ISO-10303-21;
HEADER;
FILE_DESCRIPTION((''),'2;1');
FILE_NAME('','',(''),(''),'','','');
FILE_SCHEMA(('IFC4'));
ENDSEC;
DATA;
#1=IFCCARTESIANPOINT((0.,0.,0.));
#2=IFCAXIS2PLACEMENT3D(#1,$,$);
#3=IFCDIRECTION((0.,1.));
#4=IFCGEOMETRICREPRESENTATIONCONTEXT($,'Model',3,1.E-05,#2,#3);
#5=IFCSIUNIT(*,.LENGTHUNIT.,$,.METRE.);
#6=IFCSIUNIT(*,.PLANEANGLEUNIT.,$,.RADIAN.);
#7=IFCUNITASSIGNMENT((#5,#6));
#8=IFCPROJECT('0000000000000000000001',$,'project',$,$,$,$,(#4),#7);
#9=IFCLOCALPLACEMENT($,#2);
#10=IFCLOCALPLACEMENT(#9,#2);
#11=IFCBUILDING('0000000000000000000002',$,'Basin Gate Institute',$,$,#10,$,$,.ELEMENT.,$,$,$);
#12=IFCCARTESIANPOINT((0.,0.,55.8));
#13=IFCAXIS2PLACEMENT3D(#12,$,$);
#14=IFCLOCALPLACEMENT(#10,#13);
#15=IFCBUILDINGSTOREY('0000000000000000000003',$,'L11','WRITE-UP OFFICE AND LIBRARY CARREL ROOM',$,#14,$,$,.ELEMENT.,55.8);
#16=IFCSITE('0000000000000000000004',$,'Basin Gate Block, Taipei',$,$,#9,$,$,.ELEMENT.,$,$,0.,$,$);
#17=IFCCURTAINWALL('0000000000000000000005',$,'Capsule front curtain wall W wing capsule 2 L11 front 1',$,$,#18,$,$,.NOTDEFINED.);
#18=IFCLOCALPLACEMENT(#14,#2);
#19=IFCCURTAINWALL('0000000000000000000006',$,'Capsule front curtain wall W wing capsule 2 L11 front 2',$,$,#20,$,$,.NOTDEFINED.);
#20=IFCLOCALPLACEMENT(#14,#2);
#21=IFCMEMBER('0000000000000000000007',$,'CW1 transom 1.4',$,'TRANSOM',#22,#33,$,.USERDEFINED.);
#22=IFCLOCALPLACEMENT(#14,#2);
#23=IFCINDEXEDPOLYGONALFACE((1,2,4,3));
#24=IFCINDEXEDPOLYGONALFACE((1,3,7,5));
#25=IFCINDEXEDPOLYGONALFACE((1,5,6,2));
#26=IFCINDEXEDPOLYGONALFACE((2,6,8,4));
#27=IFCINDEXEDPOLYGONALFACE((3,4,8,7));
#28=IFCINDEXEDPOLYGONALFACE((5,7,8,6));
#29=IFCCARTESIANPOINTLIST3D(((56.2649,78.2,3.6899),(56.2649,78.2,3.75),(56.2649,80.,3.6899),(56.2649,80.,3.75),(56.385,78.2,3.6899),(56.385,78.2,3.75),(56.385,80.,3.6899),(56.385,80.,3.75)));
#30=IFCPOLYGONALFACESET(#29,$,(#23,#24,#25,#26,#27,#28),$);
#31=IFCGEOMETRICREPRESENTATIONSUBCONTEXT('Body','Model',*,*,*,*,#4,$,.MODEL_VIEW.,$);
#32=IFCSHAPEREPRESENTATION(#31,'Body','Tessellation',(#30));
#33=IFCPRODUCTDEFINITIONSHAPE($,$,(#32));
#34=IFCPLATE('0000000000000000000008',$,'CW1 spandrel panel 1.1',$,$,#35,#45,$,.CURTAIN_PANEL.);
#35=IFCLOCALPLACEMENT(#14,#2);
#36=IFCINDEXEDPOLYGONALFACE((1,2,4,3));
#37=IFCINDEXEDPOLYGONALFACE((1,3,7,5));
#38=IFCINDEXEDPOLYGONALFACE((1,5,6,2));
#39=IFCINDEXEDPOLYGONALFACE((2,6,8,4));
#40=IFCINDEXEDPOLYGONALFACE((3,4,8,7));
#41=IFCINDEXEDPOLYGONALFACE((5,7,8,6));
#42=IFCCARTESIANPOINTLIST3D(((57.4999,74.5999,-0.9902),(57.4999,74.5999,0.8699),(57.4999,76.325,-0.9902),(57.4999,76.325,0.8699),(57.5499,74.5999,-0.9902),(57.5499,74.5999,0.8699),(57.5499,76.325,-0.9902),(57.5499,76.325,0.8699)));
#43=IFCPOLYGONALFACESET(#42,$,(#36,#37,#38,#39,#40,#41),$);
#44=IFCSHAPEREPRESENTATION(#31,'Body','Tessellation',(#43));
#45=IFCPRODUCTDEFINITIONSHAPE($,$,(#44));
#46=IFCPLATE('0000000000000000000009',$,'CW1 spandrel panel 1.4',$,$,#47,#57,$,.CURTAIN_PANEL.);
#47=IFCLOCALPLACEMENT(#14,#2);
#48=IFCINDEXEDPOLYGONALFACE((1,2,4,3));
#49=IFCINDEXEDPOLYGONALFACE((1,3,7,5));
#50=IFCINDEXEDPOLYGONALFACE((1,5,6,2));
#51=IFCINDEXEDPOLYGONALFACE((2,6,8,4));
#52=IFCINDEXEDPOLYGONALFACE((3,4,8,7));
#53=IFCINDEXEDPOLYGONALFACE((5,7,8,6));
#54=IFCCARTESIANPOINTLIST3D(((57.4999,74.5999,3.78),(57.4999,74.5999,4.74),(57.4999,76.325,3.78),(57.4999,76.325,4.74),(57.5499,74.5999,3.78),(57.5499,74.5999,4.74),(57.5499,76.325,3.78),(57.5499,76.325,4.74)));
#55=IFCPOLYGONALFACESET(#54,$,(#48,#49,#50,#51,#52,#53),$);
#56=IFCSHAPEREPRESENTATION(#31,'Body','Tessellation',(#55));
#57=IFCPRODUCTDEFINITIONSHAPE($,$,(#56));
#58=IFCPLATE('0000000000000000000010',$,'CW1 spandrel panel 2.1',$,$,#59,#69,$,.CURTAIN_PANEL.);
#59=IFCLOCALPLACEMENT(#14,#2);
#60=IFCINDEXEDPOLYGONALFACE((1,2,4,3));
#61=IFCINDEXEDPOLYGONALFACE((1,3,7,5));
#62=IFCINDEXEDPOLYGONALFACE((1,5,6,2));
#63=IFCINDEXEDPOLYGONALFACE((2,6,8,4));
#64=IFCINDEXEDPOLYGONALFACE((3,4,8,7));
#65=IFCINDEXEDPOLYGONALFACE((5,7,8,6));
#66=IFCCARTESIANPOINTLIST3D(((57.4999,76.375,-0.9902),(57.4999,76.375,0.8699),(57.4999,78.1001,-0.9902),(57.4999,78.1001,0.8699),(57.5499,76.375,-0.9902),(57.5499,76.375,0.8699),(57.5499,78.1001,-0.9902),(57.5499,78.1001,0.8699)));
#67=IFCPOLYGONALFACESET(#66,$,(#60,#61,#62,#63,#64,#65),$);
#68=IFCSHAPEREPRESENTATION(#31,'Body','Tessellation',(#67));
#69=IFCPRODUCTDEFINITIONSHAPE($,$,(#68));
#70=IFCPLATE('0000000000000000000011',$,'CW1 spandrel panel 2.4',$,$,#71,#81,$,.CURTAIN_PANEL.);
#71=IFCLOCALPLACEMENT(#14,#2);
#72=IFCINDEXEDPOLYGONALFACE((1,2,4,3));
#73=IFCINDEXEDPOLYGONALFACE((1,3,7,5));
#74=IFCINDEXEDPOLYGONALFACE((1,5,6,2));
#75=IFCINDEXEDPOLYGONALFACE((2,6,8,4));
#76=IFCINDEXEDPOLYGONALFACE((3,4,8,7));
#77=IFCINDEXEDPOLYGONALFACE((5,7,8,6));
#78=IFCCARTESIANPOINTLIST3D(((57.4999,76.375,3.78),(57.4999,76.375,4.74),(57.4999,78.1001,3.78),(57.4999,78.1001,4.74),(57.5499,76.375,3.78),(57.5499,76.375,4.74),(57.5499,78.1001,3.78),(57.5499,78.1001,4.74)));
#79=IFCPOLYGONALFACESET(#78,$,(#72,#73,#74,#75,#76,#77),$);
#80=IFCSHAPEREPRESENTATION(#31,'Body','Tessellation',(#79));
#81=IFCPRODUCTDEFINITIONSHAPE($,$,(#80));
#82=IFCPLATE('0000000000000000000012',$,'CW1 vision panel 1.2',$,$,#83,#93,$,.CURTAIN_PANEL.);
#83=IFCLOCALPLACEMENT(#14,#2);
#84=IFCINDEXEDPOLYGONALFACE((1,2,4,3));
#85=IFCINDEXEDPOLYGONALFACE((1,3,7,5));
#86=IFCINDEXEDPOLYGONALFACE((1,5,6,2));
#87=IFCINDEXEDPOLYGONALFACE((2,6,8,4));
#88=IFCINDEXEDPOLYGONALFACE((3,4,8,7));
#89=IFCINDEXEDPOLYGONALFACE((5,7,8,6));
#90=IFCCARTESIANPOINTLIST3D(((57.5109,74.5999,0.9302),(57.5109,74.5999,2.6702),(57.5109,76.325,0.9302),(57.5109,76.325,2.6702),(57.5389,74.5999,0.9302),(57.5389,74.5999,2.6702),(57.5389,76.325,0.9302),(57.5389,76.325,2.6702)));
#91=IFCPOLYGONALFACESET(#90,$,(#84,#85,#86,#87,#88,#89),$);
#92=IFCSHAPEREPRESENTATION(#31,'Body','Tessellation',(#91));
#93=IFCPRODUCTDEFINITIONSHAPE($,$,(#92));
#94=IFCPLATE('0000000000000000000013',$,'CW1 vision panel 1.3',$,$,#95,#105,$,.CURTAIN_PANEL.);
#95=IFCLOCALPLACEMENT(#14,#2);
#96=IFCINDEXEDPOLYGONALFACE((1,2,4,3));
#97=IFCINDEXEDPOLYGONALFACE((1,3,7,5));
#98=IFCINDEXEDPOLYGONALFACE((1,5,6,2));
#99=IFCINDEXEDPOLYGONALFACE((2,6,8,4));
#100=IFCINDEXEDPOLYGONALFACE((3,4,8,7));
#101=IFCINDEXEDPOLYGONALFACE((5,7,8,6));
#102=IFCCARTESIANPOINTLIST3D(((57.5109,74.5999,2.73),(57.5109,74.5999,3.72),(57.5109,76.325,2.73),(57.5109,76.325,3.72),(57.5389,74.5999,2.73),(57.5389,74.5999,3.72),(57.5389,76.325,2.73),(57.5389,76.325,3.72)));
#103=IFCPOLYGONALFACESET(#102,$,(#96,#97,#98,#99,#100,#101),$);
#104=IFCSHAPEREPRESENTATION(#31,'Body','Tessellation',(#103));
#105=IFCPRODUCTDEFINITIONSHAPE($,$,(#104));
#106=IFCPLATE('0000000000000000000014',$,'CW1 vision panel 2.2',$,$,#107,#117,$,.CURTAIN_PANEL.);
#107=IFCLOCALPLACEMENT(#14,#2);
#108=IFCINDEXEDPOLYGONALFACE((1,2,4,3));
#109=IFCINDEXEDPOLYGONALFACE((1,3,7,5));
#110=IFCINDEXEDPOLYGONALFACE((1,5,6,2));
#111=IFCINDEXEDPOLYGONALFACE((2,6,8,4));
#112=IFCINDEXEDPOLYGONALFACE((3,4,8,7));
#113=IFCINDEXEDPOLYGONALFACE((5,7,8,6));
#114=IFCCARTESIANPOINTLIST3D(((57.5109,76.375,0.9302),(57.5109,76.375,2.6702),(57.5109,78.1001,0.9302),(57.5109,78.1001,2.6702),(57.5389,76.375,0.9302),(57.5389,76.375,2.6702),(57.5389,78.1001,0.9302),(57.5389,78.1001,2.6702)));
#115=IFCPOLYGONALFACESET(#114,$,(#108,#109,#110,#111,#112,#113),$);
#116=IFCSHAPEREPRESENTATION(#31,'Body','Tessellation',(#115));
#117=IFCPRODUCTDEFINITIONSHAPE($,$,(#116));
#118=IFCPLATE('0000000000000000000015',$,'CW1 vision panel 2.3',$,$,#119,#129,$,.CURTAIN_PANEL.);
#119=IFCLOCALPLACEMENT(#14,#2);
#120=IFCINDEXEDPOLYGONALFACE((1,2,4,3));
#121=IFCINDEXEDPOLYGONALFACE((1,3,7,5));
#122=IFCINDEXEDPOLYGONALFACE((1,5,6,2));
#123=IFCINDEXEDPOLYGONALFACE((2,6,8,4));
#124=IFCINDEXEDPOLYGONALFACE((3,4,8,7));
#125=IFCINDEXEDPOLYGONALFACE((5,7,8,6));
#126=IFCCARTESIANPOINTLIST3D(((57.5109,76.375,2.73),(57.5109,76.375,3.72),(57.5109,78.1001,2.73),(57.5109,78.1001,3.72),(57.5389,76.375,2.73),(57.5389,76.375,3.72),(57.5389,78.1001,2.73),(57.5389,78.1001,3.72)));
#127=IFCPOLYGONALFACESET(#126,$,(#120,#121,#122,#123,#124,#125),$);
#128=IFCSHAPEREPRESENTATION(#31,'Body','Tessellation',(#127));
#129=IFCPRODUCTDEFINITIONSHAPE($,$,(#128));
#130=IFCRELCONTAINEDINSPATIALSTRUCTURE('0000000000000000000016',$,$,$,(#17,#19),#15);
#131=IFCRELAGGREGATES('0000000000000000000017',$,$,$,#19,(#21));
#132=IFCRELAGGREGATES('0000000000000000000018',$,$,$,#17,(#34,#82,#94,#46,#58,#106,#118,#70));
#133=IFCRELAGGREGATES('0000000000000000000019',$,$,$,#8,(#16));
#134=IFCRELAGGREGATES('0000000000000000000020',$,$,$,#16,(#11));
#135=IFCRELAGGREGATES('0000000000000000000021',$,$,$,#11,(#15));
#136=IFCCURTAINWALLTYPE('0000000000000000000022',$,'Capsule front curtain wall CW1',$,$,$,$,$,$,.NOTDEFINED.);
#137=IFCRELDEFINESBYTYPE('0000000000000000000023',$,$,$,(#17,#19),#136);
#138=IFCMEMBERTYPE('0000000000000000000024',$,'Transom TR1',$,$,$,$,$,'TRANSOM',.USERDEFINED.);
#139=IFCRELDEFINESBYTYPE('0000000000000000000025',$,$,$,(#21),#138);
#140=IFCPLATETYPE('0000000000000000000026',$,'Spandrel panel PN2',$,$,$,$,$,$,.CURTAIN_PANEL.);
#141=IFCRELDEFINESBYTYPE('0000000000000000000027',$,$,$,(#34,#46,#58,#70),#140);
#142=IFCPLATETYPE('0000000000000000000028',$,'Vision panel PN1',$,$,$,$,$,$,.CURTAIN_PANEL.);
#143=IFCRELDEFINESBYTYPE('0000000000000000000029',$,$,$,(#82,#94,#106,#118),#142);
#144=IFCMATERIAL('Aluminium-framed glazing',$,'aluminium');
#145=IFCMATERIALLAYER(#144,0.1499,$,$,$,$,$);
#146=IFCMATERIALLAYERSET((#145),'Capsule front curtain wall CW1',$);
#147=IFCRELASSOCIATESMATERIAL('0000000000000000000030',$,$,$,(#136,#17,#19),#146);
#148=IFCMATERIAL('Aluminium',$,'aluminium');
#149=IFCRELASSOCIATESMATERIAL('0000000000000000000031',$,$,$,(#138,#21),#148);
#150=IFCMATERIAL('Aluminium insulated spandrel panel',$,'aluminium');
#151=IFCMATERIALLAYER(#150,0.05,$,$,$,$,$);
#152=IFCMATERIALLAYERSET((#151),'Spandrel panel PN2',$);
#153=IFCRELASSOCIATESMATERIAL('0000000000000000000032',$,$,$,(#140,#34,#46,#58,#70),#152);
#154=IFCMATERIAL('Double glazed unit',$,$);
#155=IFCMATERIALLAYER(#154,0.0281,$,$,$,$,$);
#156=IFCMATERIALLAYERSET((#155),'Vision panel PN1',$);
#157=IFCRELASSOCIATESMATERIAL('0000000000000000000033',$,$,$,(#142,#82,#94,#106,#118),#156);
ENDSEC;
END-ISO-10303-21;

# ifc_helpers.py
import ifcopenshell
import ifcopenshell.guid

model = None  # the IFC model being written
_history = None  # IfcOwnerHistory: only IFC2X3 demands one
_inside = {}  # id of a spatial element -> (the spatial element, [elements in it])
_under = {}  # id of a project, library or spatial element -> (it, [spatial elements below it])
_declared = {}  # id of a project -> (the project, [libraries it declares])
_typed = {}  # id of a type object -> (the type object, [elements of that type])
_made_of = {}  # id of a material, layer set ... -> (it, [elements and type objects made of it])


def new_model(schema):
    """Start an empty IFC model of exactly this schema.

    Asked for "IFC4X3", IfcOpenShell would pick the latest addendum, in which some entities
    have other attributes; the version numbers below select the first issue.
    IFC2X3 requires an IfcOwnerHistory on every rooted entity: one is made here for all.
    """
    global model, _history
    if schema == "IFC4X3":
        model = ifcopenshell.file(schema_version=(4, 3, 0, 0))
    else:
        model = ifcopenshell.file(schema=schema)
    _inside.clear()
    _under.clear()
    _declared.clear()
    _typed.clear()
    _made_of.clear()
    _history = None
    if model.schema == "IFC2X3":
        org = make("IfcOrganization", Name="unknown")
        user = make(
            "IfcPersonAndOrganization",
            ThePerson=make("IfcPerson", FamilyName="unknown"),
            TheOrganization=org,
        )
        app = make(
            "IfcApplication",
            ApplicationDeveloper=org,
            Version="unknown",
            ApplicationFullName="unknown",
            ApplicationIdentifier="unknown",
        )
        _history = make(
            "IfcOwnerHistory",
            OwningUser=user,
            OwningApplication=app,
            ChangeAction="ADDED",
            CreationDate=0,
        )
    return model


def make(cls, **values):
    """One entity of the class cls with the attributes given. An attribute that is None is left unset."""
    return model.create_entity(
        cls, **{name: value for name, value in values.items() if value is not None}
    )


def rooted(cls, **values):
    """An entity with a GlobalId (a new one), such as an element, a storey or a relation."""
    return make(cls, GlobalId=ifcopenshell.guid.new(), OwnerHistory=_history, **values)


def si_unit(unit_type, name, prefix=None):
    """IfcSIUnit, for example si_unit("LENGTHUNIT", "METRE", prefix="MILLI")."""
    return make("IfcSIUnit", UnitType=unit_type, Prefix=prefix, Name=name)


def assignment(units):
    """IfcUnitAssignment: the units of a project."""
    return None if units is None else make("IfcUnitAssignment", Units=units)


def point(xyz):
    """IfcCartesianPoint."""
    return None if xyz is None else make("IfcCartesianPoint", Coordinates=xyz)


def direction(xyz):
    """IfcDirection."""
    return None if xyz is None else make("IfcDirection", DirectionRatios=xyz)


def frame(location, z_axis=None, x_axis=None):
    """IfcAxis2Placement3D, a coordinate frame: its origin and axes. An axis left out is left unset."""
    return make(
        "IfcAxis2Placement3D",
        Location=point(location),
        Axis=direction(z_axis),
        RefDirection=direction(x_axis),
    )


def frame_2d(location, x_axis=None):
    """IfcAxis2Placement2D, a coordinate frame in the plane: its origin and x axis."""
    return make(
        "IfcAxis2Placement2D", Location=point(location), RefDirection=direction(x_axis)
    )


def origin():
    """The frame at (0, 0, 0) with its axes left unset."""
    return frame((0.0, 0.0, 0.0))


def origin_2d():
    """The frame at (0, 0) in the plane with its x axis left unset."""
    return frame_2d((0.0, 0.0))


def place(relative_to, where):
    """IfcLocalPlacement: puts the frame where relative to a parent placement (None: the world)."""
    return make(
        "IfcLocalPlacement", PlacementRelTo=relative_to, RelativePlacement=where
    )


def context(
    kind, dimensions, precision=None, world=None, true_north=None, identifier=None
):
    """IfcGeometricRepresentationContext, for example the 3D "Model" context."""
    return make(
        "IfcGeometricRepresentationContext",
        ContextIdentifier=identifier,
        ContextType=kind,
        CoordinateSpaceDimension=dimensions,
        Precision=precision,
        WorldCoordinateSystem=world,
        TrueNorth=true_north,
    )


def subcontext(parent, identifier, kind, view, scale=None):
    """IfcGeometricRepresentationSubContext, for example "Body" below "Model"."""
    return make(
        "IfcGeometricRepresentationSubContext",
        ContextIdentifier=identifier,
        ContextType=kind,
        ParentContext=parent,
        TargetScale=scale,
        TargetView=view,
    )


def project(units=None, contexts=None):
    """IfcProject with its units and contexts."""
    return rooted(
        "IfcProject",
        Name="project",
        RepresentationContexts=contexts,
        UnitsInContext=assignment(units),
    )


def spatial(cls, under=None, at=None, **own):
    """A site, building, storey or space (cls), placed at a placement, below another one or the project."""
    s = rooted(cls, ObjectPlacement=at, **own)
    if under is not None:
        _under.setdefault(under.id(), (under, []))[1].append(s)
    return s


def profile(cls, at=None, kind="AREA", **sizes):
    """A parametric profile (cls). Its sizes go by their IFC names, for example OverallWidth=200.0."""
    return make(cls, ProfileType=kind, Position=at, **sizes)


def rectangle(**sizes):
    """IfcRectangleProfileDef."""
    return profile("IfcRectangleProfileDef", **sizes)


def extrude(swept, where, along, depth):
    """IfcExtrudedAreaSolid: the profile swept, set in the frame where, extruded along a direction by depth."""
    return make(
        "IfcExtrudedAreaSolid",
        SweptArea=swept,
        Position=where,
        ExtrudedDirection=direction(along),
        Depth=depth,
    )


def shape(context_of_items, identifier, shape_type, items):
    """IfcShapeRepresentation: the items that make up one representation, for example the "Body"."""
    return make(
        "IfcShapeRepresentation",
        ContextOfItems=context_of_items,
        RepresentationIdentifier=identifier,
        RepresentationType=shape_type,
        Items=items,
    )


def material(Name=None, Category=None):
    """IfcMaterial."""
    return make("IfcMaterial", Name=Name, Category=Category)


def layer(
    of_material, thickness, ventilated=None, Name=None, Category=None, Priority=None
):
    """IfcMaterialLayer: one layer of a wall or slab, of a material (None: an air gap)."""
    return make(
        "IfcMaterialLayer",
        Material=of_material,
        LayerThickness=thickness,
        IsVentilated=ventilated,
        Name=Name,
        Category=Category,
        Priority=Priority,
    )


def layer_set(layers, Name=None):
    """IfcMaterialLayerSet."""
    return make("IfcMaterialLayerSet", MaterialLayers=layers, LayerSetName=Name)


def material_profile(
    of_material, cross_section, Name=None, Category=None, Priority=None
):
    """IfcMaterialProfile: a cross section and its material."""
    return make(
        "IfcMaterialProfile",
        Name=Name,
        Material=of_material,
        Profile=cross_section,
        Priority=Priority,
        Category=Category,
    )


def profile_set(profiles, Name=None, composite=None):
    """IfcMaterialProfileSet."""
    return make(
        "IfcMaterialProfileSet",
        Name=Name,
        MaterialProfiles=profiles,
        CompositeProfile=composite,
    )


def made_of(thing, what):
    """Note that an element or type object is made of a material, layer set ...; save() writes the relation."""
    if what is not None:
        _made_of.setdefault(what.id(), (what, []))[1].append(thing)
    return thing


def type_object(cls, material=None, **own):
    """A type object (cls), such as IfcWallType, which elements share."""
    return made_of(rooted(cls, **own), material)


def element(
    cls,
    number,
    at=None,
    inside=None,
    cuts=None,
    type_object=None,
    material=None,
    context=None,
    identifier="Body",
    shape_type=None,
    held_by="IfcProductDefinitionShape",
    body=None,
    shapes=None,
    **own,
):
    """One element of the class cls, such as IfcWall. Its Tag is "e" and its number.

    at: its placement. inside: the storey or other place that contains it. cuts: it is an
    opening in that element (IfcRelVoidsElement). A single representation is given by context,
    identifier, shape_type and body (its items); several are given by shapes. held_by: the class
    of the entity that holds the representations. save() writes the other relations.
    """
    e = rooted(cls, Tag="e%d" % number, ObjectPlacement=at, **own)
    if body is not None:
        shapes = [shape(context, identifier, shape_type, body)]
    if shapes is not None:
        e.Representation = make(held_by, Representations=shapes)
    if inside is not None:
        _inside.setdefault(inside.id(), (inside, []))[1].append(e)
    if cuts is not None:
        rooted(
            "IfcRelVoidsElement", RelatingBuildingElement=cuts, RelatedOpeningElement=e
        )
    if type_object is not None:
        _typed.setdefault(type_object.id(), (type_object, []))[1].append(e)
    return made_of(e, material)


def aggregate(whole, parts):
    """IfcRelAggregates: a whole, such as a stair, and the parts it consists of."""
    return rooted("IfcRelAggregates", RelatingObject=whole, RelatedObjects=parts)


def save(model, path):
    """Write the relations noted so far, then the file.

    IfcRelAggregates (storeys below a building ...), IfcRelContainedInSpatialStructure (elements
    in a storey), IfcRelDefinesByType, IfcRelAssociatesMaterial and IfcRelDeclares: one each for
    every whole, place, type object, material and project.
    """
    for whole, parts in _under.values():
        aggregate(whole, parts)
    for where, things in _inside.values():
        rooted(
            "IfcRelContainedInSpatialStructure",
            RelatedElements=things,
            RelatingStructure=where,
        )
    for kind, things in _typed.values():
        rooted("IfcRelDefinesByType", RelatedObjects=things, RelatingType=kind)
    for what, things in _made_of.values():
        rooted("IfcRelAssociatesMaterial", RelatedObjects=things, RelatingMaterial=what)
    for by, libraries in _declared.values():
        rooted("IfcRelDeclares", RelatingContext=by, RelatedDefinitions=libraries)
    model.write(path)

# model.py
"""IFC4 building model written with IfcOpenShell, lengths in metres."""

from ifc_helpers import new_model, si_unit, direction, frame, origin, origin_2d, place, context, subcontext, project, spatial, rectangle, extrude, material, layer, layer_set, material_profile, profile_set, type_object, element, aggregate, save


model = new_model("IFC4")

# Units and contexts
model_context = context("Model", 3, precision=1e-05, world=origin(), true_north=direction((0.0, 1.0)))
body_context = subcontext(model_context, "Body", "Model", "MODEL_VIEW")
ifc_project = project(units=[si_unit("LENGTHUNIT", "METRE"), si_unit("PLANEANGLEUNIT", "RADIAN")], contexts=[model_context])

# Site, building, storey
site_placement = place(None, origin())
site = spatial("IfcSite", under=ifc_project, at=site_placement, Name="Basin Gate Block, Taipei", CompositionType="ELEMENT", RefElevation=0.0)
building_placement = place(site_placement, origin())
building = spatial("IfcBuilding", under=site, at=building_placement, Name="Basin Gate Institute", CompositionType="ELEMENT")
storey_placement = place(building_placement, frame((0.0, 0.0, 55.8)))
storey = spatial("IfcBuildingStorey", under=building, at=storey_placement, Name="L11", Description="WRITE-UP OFFICE AND LIBRARY CARREL ROOM", CompositionType="ELEMENT", Elevation=55.8)

# Shared definitions
ifc_material_1 = material(Name="Aluminium-framed glazing", Category="aluminium")
ifc_layer_1 = layer(ifc_material_1, 0.1499)
ifc_layer_set_1 = layer_set([ifc_layer_1], Name="Capsule front curtain wall CW1")
curtain_wall_type = type_object("IfcCurtainWallType", Name="Capsule front curtain wall CW1", PredefinedType="NOTDEFINED", material=ifc_layer_set_1)

# Curtain wall
curtain_wall_1_placement = place(storey_placement, origin())
curtain_wall_1 = element("IfcCurtainWall", 1, at=curtain_wall_1_placement, inside=storey, type_object=curtain_wall_type, material=ifc_layer_set_1, Name="Capsule front curtain wall W wing capsule 2 L11 front 1", PredefinedType="NOTDEFINED")

# Curtain wall
curtain_wall_2_placement = place(storey_placement, origin())
curtain_wall_2 = element("IfcCurtainWall", 2, at=curtain_wall_2_placement, inside=storey, type_object=curtain_wall_type, material=ifc_layer_set_1, Name="Capsule front curtain wall W wing capsule 2 L11 front 2", PredefinedType="NOTDEFINED")

# Member
ifc_material_2 = material(Name="Aluminium", Category="aluminium")
ifc_material_profile_1 = material_profile(ifc_material_2, rectangle(XDim=0.1201, YDim=0.0601, at=origin_2d()), Name="Transom TR1 120 x 60")
ifc_profile_set_1 = profile_set([ifc_material_profile_1], Name="Aluminium")
member_type_1 = type_object("IfcMemberType", Name="Transom TR1", ElementType="TRANSOM", PredefinedType="USERDEFINED", material=ifc_profile_set_1)
member_1_placement = place(storey_placement, frame((56.325, 78.2, 3.72), z_axis=(0.0, 1.0, 0.0), x_axis=(-1.0, 0.0, 0.0)))
member_1 = element("IfcMember", 3, at=member_1_placement, type_object=member_type_1, material=ifc_profile_set_1, Name="CW1 transom 1.4", ObjectType="TRANSOM", PredefinedType="USERDEFINED", context=body_context, shape_type="SweptSolid", body=[
    extrude(rectangle(XDim=0.1201, YDim=0.0601, at=origin_2d()), origin(), (0.0, 0.0, 1.0), 1.8),
])
aggregate(curtain_wall_2, [member_1])

# Plates
ifc_material_3 = material(Name="Aluminium insulated spandrel panel", Category="aluminium")
ifc_layer_2 = layer(ifc_material_3, 0.05)
ifc_layer_set_2 = layer_set([ifc_layer_2], Name="Spandrel panel PN2")
plate_type_1 = type_object("IfcPlateType", Name="Spandrel panel PN2", PredefinedType="CURTAIN_PANEL", material=ifc_layer_set_2)
plate_1_placement = place(storey_placement, frame((57.5249, 75.4624, -0.9902), z_axis=(0.0, 0.0, 1.0), x_axis=(0.0, 1.0, 0.0)))
plate_1 = element("IfcPlate", 4, at=plate_1_placement, type_object=plate_type_1, material=ifc_layer_set_2, Name="CW1 spandrel panel 1.1", PredefinedType="CURTAIN_PANEL", context=body_context, shape_type="SweptSolid", body=[
    extrude(rectangle(XDim=1.7251, YDim=0.05, at=origin_2d()), origin(), (0.0, 0.0, 1.0), 1.8601),
])
plate_2_placement = place(storey_placement, frame((57.5249, 75.4624, 3.78), z_axis=(0.0, 0.0, 1.0), x_axis=(0.0, 1.0, 0.0)))
plate_2 = element("IfcPlate", 5, at=plate_2_placement, type_object=plate_type_1, material=ifc_layer_set_2, Name="CW1 spandrel panel 1.4", PredefinedType="CURTAIN_PANEL", context=body_context, shape_type="SweptSolid", body=[
    extrude(rectangle(XDim=1.7251, YDim=0.05, at=origin_2d()), origin(), (0.0, 0.0, 1.0), 0.96),
])
plate_3_placement = place(storey_placement, frame((57.5249, 77.2375, -0.9902), z_axis=(0.0, 0.0, 1.0), x_axis=(0.0, 1.0, 0.0)))
plate_3 = element("IfcPlate", 6, at=plate_3_placement, type_object=plate_type_1, material=ifc_layer_set_2, Name="CW1 spandrel panel 2.1", PredefinedType="CURTAIN_PANEL", context=body_context, shape_type="SweptSolid", body=[
    extrude(rectangle(XDim=1.7251, YDim=0.05, at=origin_2d()), origin(), (0.0, 0.0, 1.0), 1.8601),
])
plate_4_placement = place(storey_placement, frame((57.5249, 77.2375, 3.78), z_axis=(0.0, 0.0, 1.0), x_axis=(0.0, 1.0, 0.0)))
plate_4 = element("IfcPlate", 7, at=plate_4_placement, type_object=plate_type_1, material=ifc_layer_set_2, Name="CW1 spandrel panel 2.4", PredefinedType="CURTAIN_PANEL", context=body_context, shape_type="SweptSolid", body=[
    extrude(rectangle(XDim=1.7251, YDim=0.05, at=origin_2d()), origin(), (0.0, 0.0, 1.0), 0.96),
])
ifc_material_4 = material(Name="Double glazed unit")
ifc_layer_3 = layer(ifc_material_4, 0.0281)
ifc_layer_set_3 = layer_set([ifc_layer_3], Name="Vision panel PN1")
plate_type_2 = type_object("IfcPlateType", Name="Vision panel PN1", PredefinedType="CURTAIN_PANEL", material=ifc_layer_set_3)
plate_5_placement = place(storey_placement, frame((57.5249, 75.4624, 0.9302), z_axis=(0.0, 0.0, 1.0), x_axis=(0.0, 1.0, 0.0)))
plate_5 = element("IfcPlate", 8, at=plate_5_placement, type_object=plate_type_2, material=ifc_layer_set_3, Name="CW1 vision panel 1.2", PredefinedType="CURTAIN_PANEL", context=body_context, shape_type="SweptSolid", body=[
    extrude(rectangle(XDim=1.7251, YDim=0.0281, at=origin_2d()), origin(), (0.0, 0.0, 1.0), 1.74),
])
plate_6_placement = place(storey_placement, frame((57.5249, 75.4624, 2.73), z_axis=(0.0, 0.0, 1.0), x_axis=(0.0, 1.0, 0.0)))
plate_6 = element("IfcPlate", 9, at=plate_6_placement, type_object=plate_type_2, material=ifc_layer_set_3, Name="CW1 vision panel 1.3", PredefinedType="CURTAIN_PANEL", context=body_context, shape_type="SweptSolid", body=[
    extrude(rectangle(XDim=1.7251, YDim=0.0281, at=origin_2d()), origin(), (0.0, 0.0, 1.0), 0.99),
])
plate_7_placement = place(storey_placement, frame((57.5249, 77.2375, 0.9302), z_axis=(0.0, 0.0, 1.0), x_axis=(0.0, 1.0, 0.0)))
plate_7 = element("IfcPlate", 10, at=plate_7_placement, type_object=plate_type_2, material=ifc_layer_set_3, Name="CW1 vision panel 2.2", PredefinedType="CURTAIN_PANEL", context=body_context, shape_type="SweptSolid", body=[
    extrude(rectangle(XDim=1.7251, YDim=0.0281, at=origin_2d()), origin(), (0.0, 0.0, 1.0), 1.74),
])
plate_8_placement = place(storey_placement, frame((57.5249, 77.2375, 2.73), z_axis=(0.0, 0.0, 1.0), x_axis=(0.0, 1.0, 0.0)))
plate_8 = element("IfcPlate", 11, at=plate_8_placement, type_object=plate_type_2, material=ifc_layer_set_3, Name="CW1 vision panel 2.3", PredefinedType="CURTAIN_PANEL", context=body_context, shape_type="SweptSolid", body=[
    extrude(rectangle(XDim=1.7251, YDim=0.0281, at=origin_2d()), origin(), (0.0, 0.0, 1.0), 0.99),
])
aggregate(curtain_wall_1, [plate_1, plate_5, plate_6, plate_2, plate_3, plate_7, plate_8, plate_4])

save(model, "model.ifc")
